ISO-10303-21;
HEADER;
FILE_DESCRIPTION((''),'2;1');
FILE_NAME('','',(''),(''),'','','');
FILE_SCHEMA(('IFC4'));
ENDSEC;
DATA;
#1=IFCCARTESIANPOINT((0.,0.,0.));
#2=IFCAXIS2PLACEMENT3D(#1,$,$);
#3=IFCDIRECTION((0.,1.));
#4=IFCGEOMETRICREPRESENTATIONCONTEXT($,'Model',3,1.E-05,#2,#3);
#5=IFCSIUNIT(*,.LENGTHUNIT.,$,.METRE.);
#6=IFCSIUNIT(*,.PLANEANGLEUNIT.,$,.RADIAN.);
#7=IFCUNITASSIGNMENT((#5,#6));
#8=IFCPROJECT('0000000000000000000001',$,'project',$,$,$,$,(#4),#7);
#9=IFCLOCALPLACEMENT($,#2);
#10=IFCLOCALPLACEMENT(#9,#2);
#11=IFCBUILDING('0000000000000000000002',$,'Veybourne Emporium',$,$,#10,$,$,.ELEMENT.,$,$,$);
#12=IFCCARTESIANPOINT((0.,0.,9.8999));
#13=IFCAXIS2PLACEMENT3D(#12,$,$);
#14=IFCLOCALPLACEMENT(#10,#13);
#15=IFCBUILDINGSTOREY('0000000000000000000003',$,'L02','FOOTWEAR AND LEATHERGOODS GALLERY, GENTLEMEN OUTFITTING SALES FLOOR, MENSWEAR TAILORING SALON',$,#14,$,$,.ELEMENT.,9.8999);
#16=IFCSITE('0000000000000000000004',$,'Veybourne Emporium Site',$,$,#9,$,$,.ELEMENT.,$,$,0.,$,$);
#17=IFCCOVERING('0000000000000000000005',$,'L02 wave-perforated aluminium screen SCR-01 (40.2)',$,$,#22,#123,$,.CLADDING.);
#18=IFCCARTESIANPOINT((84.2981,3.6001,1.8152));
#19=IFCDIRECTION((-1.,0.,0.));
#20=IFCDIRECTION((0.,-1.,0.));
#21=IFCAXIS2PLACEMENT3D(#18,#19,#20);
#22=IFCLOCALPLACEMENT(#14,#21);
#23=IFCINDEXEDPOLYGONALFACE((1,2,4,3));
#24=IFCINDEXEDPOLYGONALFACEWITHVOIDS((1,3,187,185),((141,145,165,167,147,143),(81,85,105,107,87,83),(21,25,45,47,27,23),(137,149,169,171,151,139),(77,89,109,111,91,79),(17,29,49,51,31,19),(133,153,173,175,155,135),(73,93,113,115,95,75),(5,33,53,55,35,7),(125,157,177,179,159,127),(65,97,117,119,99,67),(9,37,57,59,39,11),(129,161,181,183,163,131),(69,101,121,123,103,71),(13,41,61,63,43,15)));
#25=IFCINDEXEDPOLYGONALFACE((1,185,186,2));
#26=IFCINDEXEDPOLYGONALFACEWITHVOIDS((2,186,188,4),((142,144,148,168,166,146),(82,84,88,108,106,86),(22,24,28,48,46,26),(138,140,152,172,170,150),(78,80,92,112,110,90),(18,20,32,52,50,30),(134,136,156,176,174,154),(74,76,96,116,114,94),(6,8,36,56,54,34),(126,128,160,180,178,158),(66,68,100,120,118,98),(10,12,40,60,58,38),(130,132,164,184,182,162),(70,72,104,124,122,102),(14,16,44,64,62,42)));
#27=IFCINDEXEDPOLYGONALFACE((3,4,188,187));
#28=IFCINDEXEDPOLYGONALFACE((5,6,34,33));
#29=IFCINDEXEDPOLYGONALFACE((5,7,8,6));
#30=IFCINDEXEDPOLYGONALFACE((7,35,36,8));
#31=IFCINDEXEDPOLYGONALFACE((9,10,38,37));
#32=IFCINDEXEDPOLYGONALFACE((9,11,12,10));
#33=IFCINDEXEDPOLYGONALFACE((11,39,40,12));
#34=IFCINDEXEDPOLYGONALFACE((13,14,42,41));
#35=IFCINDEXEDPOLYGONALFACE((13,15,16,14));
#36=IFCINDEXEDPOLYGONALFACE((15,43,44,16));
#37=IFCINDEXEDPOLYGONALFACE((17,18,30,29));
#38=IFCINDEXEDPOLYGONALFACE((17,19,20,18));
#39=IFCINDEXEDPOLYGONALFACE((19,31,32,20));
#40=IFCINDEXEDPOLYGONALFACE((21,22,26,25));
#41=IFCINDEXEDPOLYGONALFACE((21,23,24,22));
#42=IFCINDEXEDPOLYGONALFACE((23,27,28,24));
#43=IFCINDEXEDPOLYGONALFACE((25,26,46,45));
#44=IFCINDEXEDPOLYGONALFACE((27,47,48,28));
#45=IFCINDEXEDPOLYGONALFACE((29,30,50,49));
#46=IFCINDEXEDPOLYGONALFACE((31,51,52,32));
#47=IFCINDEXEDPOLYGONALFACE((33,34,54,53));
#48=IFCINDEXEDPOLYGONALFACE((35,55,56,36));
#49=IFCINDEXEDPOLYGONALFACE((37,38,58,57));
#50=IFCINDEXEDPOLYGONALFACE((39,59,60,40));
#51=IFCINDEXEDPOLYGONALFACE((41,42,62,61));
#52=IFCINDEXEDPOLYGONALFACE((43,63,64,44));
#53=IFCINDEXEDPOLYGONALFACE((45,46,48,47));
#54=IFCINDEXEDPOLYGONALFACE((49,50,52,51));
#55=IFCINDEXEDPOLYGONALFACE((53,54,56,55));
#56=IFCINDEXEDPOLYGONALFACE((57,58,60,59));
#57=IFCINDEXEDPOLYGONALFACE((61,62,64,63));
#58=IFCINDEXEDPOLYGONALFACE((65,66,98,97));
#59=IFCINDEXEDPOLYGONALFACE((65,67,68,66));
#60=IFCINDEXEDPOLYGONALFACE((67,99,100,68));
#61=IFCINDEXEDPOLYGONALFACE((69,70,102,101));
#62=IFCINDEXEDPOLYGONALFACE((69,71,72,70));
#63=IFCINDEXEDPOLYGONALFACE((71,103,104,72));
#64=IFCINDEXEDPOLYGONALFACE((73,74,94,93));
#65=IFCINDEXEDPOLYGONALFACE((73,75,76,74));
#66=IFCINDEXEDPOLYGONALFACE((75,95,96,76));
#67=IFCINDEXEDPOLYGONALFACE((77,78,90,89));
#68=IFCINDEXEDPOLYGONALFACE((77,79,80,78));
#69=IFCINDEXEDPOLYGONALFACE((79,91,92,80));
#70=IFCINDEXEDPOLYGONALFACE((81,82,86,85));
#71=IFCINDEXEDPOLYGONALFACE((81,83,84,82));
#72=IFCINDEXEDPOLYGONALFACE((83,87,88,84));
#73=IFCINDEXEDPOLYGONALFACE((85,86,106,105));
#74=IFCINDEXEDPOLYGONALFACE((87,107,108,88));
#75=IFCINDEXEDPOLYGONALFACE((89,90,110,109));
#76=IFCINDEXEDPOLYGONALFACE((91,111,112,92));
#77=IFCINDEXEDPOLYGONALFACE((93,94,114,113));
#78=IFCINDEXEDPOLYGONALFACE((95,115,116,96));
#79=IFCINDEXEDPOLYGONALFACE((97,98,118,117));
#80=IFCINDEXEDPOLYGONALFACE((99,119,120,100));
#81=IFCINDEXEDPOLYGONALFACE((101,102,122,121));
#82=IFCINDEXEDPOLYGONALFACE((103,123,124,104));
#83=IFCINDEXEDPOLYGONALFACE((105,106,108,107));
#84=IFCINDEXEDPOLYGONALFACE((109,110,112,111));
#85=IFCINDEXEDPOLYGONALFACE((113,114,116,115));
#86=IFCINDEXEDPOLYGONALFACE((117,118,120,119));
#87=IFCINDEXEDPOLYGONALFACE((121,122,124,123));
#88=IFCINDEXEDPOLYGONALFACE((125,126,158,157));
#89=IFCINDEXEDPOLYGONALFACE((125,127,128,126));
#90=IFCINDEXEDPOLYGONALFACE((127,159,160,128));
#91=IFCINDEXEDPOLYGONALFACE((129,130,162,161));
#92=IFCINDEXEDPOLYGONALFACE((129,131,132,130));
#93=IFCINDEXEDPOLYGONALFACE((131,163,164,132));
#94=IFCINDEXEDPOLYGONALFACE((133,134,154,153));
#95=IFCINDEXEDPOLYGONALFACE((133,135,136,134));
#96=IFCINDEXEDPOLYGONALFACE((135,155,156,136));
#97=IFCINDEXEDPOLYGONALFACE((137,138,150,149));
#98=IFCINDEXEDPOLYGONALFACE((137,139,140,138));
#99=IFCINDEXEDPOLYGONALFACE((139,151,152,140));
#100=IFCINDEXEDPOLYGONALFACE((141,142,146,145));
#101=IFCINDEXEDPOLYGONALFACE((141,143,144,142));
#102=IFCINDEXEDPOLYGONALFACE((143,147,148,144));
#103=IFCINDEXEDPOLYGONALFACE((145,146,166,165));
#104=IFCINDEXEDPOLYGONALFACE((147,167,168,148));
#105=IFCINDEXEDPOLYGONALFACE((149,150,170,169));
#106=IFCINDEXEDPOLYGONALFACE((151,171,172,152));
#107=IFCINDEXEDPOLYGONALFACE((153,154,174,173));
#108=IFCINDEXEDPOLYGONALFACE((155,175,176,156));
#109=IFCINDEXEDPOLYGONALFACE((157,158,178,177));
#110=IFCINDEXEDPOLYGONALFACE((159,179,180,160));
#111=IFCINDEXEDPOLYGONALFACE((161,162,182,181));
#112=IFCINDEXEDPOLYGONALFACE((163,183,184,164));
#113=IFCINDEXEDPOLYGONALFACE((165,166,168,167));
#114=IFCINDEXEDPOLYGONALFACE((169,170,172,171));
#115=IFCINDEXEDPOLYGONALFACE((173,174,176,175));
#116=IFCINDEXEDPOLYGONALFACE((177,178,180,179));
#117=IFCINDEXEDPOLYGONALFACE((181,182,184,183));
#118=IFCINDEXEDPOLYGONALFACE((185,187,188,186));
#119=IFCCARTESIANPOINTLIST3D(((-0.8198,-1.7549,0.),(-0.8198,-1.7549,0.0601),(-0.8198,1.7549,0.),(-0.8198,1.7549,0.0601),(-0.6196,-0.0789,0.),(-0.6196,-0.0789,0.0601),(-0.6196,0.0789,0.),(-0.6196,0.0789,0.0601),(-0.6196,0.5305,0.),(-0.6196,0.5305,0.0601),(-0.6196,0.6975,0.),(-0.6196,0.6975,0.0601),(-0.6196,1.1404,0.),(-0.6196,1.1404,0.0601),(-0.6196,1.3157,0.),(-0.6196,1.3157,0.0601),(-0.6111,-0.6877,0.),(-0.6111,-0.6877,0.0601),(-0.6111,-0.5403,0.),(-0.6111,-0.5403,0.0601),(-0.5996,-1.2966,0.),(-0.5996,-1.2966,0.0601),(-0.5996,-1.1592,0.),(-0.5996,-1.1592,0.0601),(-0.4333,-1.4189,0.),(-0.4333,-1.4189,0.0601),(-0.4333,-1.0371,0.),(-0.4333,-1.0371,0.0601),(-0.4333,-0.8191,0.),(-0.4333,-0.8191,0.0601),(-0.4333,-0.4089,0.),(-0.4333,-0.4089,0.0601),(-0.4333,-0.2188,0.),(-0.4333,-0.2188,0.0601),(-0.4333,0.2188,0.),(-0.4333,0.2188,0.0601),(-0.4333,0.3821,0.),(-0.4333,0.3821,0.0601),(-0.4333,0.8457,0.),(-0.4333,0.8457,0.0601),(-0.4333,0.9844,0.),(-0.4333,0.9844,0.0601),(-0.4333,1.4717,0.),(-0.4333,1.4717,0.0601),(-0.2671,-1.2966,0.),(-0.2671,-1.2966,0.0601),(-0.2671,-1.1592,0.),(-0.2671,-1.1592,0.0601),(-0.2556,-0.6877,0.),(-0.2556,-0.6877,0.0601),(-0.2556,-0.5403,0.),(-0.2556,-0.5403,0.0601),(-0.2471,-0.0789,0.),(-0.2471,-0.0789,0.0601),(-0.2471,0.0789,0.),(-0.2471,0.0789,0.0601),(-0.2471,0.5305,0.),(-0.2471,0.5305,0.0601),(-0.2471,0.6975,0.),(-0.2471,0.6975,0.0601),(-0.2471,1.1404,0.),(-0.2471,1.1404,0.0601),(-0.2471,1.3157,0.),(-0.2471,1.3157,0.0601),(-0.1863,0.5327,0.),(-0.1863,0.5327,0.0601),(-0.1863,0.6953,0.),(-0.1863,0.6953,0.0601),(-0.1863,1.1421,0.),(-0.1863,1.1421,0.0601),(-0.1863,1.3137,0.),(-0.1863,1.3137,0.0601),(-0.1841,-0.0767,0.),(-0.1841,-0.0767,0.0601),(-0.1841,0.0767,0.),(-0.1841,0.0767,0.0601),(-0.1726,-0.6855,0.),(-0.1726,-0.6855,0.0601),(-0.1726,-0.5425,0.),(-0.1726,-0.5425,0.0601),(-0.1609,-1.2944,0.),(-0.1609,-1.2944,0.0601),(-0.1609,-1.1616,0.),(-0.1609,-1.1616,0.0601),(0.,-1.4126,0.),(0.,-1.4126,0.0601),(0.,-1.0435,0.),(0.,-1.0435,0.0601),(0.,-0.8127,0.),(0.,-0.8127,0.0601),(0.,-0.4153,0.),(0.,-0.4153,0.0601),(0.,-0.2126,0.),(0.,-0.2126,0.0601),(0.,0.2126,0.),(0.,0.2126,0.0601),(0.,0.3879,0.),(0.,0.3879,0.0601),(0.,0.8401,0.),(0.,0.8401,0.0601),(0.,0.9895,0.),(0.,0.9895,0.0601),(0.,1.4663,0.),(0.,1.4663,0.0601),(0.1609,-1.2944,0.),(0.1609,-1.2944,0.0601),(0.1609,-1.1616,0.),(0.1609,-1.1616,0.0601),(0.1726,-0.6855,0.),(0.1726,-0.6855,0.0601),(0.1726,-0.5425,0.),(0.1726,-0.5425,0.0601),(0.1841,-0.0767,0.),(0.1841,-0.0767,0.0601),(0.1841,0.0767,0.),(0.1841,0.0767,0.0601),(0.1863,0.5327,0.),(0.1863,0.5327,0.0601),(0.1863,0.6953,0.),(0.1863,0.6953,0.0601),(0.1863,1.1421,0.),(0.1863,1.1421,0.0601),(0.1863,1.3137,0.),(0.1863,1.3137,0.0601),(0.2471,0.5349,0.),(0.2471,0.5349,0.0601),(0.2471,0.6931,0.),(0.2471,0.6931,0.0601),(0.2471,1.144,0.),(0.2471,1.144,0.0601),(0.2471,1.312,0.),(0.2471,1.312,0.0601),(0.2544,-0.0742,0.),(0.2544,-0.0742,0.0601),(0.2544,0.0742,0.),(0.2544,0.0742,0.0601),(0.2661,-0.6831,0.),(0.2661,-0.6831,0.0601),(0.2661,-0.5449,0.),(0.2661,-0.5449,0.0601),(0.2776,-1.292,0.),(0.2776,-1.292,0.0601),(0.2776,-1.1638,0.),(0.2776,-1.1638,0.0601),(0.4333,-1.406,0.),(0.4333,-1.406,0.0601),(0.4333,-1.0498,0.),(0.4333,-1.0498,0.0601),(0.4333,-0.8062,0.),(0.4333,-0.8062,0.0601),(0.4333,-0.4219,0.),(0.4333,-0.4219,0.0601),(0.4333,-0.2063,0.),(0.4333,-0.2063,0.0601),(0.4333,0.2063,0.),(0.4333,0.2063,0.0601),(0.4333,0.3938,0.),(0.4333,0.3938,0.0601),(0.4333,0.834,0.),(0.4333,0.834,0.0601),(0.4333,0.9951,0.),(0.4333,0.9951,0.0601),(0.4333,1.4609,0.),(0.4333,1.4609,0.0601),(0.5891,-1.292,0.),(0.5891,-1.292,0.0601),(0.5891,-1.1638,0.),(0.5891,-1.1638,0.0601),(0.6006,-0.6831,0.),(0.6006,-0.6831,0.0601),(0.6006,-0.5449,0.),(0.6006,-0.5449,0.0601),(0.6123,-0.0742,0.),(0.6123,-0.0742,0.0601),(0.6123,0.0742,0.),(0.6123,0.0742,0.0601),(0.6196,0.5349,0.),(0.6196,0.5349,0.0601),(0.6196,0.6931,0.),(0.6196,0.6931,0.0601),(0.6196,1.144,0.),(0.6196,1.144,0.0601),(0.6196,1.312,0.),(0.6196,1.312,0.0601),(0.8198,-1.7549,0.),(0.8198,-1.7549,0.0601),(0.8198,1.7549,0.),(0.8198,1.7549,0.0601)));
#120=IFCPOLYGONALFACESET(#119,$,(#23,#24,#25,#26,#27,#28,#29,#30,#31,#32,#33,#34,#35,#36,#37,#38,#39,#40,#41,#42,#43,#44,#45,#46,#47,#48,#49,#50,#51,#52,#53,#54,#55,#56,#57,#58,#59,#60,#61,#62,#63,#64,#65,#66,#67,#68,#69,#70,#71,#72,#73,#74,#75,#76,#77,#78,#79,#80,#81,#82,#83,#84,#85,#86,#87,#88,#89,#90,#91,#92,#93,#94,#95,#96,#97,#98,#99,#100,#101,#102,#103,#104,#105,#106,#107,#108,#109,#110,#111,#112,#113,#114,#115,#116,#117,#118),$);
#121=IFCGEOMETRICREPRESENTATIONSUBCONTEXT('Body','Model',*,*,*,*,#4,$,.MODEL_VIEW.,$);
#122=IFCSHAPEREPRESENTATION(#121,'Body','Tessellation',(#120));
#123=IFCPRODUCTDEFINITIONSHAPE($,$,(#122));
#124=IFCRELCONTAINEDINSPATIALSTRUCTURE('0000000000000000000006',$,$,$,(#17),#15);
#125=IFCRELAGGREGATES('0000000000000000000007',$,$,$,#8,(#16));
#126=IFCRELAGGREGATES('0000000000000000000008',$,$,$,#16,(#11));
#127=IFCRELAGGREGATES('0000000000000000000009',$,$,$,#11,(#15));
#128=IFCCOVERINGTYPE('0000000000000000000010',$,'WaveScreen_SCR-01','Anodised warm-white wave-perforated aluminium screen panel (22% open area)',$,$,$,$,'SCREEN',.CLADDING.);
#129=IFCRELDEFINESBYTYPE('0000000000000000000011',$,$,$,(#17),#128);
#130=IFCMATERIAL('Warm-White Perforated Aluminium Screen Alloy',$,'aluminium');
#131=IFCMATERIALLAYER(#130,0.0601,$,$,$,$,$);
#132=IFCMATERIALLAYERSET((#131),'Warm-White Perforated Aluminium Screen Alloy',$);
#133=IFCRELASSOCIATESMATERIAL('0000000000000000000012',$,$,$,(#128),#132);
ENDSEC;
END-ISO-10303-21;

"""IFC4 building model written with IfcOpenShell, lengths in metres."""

from ifc_helpers import new_model, si_unit, direction, frame, origin, place, context, subcontext, project, spatial, polyline, outline, extrude, material, layer, layer_set, type_object, element, save


model = new_model("IFC4")

# Units and contexts
model_context = context("Model", 3, precision=1e-05, world=origin(), true_north=direction((0.0, 1.0)))
body_context = subcontext(model_context, "Body", "Model", "MODEL_VIEW")
ifc_project = project(units=[si_unit("LENGTHUNIT", "METRE"), si_unit("PLANEANGLEUNIT", "RADIAN")], contexts=[model_context])

# Site, building, storey
site_placement = place(None, origin())
site = spatial("IfcSite", under=ifc_project, at=site_placement, Name="Veybourne Emporium Site", CompositionType="ELEMENT", RefElevation=0.0)
building_placement = place(site_placement, origin())
building = spatial("IfcBuilding", under=site, at=building_placement, Name="Veybourne Emporium", CompositionType="ELEMENT")
storey_placement = place(building_placement, frame((0.0, 0.0, 9.8999)))
storey = spatial("IfcBuildingStorey", under=building, at=storey_placement, Name="L02", Description="FOOTWEAR AND LEATHERGOODS GALLERY, GENTLEMEN OUTFITTING SALES FLOOR, MENSWEAR TAILORING SALON", CompositionType="ELEMENT", Elevation=9.8999)

# Covering
ifc_material_1 = material(Name="Warm-White Perforated Aluminium Screen Alloy", Category="aluminium")
ifc_layer_1 = layer(ifc_material_1, 0.0601)
ifc_layer_set_1 = layer_set([ifc_layer_1], Name="Warm-White Perforated Aluminium Screen Alloy")
covering_type_1 = type_object("IfcCoveringType", Name="WaveScreen_SCR-01", Description="Anodised warm-white wave-perforated aluminium screen panel (22% open area)", ElementType="SCREEN", PredefinedType="CLADDING", material=ifc_layer_set_1)
covering_1_placement = place(storey_placement, frame((84.2981, 3.6001, 1.8152), z_axis=(-1.0, 0.0, 0.0), x_axis=(0.0, -1.0, 0.0)))
element("IfcCovering", 1, at=covering_1_placement, inside=storey, type_object=covering_type_1, Name="L02 wave-perforated aluminium screen SCR-01 (40.2)", PredefinedType="CLADDING", context=body_context, shape_type="SweptSolid", body=[
    extrude(outline(polyline([(-0.8198, -1.7549), (0.8198, -1.7549), (0.8198, 1.7549), (-0.8198, 1.7549), (-0.8198, -1.7549)]), holes=[polyline([(-0.4333, -1.0371), (-0.2671, -1.1592), (-0.2671, -1.2966), (-0.4333, -1.4189), (-0.5996, -1.2966), (-0.5996, -1.1592), (-0.4333, -1.0371)]), polyline([(-0.4333, -0.4089), (-0.2556, -0.5403), (-0.2556, -0.6877), (-0.4333, -0.8191), (-0.6111, -0.6877), (-0.6111, -0.5403), (-0.4333, -0.4089)]), polyline([(-0.4333, 0.2188), (-0.2471, 0.0789), (-0.2471, -0.0789), (-0.4333, -0.2188), (-0.6196, -0.0789), (-0.6196, 0.0789), (-0.4333, 0.2188)]), polyline([(-0.4333, 0.8457), (-0.2471, 0.6975), (-0.2471, 0.5305), (-0.4333, 0.3821), (-0.6196, 0.5305), (-0.6196, 0.6975), (-0.4333, 0.8457)]), polyline([(-0.4333, 1.4717), (-0.2471, 1.3157), (-0.2471, 1.1404), (-0.4333, 0.9844), (-0.6196, 1.1404), (-0.6196, 1.3157), (-0.4333, 1.4717)]), polyline([(0.0, -1.0435), (0.1609, -1.1616), (0.1609, -1.2944), (0.0, -1.4126), (-0.1609, -1.2944), (-0.1609, -1.1616), (0.0, -1.0435)]), polyline([(0.0, -0.4153), (0.1726, -0.5425), (0.1726, -0.6855), (0.0, -0.8127), (-0.1726, -0.6855), (-0.1726, -0.5425), (0.0, -0.4153)]), polyline([(0.0, 0.2126), (0.1841, 0.0767), (0.1841, -0.0767), (0.0, -0.2126), (-0.1841, -0.0767), (-0.1841, 0.0767), (0.0, 0.2126)]), polyline([(0.0, 0.8401), (0.1863, 0.6953), (0.1863, 0.5327), (0.0, 0.3879), (-0.1863, 0.5327), (-0.1863, 0.6953), (0.0, 0.8401)]), polyline([(0.0, 1.4663), (0.1863, 1.3137), (0.1863, 1.1421), (0.0, 0.9895), (-0.1863, 1.1421), (-0.1863, 1.3137), (0.0, 1.4663)]), polyline([(0.4333, -1.0498), (0.5891, -1.1638), (0.5891, -1.292), (0.4333, -1.406), (0.2776, -1.292), (0.2776, -1.1638), (0.4333, -1.0498)]), polyline([(0.4333, -0.4219), (0.6006, -0.5449), (0.6006, -0.6831), (0.4333, -0.8062), (0.2661, -0.6831), (0.2661, -0.5449), (0.4333, -0.4219)]), polyline([(0.4333, 0.2063), (0.6123, 0.0742), (0.6123, -0.0742), (0.4333, -0.2063), (0.2544, -0.0742), (0.2544, 0.0742), (0.4333, 0.2063)]), polyline([(0.4333, 0.834), (0.6196, 0.6931), (0.6196, 0.5349), (0.4333, 0.3938), (0.2471, 0.5349), (0.2471, 0.6931), (0.4333, 0.834)]), polyline([(0.4333, 1.4609), (0.6196, 1.312), (0.6196, 1.144), (0.4333, 0.9951), (0.2471, 1.144), (0.2471, 1.312), (0.4333, 1.4609)])]), origin(), (0.0, 0.0, 1.0), 0.0601),
])

save(model, "model.ifc")
